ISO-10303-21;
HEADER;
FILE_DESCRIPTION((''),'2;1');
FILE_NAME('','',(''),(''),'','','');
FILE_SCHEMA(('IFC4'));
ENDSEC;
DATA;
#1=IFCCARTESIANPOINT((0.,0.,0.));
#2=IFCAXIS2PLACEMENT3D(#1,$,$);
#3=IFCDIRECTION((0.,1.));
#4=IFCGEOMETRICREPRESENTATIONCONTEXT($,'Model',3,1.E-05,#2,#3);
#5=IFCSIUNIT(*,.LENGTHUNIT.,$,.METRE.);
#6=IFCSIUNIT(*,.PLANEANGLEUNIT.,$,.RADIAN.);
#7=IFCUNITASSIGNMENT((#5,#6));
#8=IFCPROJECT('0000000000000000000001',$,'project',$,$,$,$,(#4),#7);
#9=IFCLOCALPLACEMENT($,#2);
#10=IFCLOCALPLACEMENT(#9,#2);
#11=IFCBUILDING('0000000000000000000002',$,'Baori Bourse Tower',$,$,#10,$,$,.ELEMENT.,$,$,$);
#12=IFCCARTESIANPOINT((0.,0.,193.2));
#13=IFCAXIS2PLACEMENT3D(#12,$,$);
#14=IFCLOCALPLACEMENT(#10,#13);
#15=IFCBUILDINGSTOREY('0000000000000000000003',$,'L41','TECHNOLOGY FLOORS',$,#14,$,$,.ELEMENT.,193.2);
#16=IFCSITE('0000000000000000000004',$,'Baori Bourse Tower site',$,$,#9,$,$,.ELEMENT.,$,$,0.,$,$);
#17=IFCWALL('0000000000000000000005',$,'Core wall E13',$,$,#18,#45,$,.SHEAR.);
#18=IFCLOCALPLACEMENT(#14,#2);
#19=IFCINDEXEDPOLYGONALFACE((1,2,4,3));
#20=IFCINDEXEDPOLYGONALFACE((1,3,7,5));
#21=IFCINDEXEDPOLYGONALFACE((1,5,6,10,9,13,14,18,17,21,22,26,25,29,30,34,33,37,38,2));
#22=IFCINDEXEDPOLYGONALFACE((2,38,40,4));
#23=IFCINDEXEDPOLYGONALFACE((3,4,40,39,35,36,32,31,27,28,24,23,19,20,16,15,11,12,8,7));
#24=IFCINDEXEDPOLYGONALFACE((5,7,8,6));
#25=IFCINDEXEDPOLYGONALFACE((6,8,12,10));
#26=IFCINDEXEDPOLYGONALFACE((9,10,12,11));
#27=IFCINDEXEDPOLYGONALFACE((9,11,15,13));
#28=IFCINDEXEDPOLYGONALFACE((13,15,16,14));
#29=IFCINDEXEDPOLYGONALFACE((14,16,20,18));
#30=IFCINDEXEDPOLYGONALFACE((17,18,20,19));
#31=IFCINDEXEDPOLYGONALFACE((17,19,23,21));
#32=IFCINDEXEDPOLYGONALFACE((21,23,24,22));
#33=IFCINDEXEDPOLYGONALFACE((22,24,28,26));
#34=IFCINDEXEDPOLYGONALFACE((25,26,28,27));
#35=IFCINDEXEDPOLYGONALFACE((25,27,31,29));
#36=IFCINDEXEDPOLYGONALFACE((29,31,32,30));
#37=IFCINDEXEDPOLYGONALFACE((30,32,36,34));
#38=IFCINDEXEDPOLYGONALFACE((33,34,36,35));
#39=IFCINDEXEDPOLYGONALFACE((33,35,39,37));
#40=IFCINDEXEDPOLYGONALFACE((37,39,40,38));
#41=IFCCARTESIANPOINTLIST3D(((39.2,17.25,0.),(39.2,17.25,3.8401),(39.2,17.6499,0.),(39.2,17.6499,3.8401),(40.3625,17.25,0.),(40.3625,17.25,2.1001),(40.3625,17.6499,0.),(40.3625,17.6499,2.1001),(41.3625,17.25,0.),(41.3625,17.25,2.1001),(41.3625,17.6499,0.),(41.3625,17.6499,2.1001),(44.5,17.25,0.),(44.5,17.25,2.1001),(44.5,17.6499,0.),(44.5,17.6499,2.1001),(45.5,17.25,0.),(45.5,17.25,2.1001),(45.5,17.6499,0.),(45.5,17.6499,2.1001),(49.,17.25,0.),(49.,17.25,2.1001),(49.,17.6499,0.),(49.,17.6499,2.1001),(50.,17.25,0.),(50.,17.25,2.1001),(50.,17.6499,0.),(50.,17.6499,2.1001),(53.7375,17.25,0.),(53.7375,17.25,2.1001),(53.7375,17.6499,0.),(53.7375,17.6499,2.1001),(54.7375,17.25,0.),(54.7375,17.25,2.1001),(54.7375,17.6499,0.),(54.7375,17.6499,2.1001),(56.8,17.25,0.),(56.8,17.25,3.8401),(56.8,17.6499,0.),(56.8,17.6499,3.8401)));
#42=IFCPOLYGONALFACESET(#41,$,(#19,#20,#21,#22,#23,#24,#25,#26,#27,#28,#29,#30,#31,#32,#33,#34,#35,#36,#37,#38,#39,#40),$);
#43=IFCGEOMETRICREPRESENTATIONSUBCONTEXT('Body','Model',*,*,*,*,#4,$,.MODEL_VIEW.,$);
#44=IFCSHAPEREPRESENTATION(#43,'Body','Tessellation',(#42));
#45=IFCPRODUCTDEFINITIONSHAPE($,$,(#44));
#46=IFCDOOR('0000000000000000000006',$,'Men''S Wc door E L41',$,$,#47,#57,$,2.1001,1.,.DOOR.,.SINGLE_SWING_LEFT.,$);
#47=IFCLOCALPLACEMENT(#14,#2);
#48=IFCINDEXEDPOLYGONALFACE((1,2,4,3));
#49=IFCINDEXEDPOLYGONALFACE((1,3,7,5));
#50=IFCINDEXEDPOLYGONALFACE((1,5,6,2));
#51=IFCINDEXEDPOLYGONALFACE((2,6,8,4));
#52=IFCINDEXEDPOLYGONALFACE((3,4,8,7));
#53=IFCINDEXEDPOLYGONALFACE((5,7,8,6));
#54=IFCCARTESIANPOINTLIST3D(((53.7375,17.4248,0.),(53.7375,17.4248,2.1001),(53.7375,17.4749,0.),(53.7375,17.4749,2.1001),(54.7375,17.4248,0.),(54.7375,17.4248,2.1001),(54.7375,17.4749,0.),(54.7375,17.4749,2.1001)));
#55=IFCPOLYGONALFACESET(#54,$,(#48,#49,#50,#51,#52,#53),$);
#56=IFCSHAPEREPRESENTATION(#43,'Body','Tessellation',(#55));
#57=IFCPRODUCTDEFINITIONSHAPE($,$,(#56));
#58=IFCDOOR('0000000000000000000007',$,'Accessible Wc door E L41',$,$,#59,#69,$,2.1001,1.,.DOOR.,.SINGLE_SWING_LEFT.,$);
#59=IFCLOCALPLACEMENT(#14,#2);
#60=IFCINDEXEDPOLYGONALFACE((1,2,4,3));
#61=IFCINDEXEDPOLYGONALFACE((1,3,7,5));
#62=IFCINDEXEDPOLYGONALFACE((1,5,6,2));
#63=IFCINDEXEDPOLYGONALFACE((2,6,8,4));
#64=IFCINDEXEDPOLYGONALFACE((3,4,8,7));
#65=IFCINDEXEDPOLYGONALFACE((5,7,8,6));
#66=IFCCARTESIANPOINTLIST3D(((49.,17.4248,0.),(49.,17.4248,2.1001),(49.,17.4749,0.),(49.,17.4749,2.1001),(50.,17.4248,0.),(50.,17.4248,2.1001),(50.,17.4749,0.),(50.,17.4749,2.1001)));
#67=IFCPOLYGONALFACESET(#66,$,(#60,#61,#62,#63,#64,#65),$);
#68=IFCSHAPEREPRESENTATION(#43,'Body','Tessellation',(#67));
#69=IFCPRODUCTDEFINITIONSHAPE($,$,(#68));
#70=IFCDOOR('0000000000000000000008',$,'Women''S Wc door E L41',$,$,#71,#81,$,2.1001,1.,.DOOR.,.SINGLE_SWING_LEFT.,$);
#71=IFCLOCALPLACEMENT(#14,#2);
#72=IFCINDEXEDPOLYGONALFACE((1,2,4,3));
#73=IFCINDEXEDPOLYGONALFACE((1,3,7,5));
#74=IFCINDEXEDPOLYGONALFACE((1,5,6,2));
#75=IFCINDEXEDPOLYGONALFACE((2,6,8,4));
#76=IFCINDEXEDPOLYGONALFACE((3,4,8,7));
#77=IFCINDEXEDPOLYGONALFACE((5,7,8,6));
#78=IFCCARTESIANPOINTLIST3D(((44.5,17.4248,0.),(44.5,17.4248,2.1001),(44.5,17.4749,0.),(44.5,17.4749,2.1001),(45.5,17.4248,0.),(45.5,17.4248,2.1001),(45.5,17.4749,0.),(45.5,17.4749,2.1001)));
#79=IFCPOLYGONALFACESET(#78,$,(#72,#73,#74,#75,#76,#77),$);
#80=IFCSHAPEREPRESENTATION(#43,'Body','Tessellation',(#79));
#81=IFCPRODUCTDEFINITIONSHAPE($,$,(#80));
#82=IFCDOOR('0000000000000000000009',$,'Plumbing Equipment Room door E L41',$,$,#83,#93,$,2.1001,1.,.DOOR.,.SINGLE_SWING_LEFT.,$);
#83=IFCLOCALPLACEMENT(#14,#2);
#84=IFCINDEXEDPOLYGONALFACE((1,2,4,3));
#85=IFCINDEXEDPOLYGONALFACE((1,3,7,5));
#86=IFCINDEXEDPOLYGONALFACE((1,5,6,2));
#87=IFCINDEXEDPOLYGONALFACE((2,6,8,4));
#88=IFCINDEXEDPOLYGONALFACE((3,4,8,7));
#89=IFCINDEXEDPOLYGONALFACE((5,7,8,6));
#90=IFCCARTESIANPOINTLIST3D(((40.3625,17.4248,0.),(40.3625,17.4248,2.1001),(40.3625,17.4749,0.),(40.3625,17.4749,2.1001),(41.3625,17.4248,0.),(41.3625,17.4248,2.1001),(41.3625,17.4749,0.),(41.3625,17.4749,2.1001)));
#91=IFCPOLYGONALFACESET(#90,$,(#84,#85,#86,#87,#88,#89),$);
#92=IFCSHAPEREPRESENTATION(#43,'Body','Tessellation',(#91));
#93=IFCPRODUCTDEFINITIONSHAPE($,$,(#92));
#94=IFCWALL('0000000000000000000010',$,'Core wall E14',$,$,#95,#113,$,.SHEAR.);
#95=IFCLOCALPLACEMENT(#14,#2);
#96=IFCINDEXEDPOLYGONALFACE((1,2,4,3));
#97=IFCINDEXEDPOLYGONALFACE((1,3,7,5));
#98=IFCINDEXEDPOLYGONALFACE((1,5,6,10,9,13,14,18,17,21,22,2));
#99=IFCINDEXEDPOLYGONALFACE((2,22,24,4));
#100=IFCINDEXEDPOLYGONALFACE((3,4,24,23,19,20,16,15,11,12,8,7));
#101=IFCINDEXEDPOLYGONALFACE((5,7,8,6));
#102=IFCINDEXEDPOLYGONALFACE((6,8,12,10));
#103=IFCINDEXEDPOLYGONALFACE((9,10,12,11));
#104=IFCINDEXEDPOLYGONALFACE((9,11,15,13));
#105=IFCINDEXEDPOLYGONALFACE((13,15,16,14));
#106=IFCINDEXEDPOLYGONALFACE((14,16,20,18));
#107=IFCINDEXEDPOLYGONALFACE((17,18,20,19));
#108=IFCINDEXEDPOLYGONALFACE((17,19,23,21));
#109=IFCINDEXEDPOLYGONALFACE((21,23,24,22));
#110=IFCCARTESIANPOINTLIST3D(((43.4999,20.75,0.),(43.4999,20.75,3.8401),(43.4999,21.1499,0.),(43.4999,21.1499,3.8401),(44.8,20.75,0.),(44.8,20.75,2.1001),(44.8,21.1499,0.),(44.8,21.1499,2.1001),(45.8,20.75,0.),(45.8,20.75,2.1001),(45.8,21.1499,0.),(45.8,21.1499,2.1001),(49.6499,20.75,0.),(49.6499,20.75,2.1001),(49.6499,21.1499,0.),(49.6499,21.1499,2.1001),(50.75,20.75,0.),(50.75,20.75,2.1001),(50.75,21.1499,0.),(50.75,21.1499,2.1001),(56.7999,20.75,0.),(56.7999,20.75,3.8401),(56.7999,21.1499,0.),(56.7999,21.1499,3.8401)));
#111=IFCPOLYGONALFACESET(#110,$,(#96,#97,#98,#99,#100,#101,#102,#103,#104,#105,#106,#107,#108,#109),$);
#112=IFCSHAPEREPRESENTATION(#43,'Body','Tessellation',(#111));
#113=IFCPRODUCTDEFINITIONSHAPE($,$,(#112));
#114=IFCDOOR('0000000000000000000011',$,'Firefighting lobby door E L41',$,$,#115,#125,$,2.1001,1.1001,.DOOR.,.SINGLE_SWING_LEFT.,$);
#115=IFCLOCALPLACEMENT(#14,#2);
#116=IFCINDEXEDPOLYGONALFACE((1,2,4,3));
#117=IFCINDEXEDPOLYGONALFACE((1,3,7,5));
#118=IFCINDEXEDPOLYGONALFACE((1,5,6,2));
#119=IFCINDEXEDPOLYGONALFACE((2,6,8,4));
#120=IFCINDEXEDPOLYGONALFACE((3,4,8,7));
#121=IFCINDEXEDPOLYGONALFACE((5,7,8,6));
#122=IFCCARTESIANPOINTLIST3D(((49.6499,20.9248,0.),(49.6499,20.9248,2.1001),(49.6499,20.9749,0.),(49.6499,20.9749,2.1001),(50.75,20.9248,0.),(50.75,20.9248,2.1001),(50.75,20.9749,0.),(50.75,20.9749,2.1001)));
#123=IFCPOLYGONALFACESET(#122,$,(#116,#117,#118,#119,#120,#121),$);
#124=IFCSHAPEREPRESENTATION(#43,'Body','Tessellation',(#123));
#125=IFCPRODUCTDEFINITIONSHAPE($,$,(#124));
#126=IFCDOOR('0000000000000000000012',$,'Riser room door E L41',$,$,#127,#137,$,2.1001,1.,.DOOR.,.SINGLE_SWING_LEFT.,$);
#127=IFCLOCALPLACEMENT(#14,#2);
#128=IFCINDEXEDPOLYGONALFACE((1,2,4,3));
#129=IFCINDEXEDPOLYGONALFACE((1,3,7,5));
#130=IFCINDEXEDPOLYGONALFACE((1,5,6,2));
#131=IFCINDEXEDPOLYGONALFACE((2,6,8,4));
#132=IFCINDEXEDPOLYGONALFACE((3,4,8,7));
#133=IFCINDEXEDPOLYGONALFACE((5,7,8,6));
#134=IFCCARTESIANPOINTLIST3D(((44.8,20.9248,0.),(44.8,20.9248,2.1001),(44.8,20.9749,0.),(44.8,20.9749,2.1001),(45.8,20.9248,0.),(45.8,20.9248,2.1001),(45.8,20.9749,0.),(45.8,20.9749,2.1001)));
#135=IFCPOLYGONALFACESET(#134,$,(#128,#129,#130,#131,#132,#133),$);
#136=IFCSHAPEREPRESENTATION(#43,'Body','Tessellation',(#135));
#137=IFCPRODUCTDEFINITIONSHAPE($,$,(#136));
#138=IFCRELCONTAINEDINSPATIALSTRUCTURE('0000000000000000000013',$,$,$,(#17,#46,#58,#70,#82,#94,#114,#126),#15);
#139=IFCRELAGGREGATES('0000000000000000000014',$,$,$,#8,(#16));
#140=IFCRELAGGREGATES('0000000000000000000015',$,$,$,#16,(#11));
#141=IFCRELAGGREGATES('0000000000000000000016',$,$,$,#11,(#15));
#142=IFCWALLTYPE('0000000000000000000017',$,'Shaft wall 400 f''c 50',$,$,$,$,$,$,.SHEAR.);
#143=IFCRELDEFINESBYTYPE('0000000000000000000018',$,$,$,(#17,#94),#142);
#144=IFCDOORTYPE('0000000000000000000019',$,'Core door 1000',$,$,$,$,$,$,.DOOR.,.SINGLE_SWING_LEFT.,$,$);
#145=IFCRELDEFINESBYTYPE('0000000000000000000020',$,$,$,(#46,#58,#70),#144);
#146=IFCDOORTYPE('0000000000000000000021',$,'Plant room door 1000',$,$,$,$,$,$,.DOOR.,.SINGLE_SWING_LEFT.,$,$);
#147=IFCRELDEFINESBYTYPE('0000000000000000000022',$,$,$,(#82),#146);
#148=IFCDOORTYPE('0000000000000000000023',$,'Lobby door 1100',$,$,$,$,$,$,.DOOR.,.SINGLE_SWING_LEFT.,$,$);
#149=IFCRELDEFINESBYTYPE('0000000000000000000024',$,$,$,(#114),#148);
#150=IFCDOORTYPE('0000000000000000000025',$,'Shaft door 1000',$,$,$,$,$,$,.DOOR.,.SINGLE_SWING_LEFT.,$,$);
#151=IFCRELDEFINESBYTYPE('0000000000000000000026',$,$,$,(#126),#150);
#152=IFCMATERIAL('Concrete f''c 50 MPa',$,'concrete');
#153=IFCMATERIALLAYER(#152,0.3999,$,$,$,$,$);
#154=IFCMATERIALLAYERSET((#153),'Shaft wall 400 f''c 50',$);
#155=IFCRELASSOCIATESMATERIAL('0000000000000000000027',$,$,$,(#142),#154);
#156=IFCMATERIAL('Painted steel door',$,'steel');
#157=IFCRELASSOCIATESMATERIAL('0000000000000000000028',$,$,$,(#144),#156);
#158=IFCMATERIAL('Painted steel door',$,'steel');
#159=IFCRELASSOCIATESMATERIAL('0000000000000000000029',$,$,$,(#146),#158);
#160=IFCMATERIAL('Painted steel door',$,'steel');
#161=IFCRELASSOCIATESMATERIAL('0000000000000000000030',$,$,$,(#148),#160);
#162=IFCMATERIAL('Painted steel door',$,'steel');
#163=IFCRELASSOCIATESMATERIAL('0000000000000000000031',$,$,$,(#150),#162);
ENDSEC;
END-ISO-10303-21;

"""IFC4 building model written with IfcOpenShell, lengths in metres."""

from ifc_helpers import new_model, si_unit, direction, frame, frame_2d, origin, place, context, subcontext, project, spatial, rectangle, extrude, material, layer, layer_set, type_object, element, fill, save


model = new_model("IFC4")

# Units and contexts
model_context = context("Model", 3, precision=1e-05, world=origin(), true_north=direction((0.0, 1.0)))
body_context = subcontext(model_context, "Body", "Model", "MODEL_VIEW")
ifc_project = project(units=[si_unit("LENGTHUNIT", "METRE"), si_unit("PLANEANGLEUNIT", "RADIAN")], contexts=[model_context])

# Site, building, storey
site_placement = place(None, origin())
site = spatial("IfcSite", under=ifc_project, at=site_placement, Name="Baori Bourse Tower site", CompositionType="ELEMENT", RefElevation=0.0)
building_placement = place(site_placement, origin())
building = spatial("IfcBuilding", under=site, at=building_placement, Name="Baori Bourse Tower", CompositionType="ELEMENT")
storey_placement = place(building_placement, frame((0.0, 0.0, 193.2)))
storey = spatial("IfcBuildingStorey", under=building, at=storey_placement, Name="L41", Description="TECHNOLOGY FLOORS", CompositionType="ELEMENT", Elevation=193.2)

# Shared definitions
ifc_material_1 = material(Name="Concrete f'c 50 MPa", Category="concrete")
ifc_layer_1 = layer(ifc_material_1, 0.3999)
ifc_layer_set_1 = layer_set([ifc_layer_1], Name="Shaft wall 400 f'c 50")
wall_type_1 = type_object("IfcWallType", Name="Shaft wall 400 f'c 50", PredefinedType="SHEAR", material=ifc_layer_set_1)

# Walls, openings, doors
wall_1_placement = place(storey_placement, frame((39.2, 17.45, 0.0), z_axis=(0.0, 0.0, 1.0), x_axis=(1.0, 0.0, 0.0)))
wall_1 = element("IfcWall", 1, at=wall_1_placement, inside=storey, type_object=wall_type_1, Name="Core wall E13", PredefinedType="SHEAR", context=body_context, shape_type="SweptSolid", body=[
    extrude(rectangle(XDim=17.6001, YDim=0.3999, at=frame_2d((8.8, 0.0))), origin(), (0.0, 0.0, 1.0), 3.8401),
])
opening_1_placement = place(wall_1_placement, frame((14.5376, 0.0, 0.0)))
opening_1 = element("IfcOpeningElement", 2, at=opening_1_placement, cuts=wall_1, PredefinedType="OPENING", context=body_context, shape_type="SweptSolid", body=[
    extrude(rectangle(XDim=1.0, YDim=2.1001, at=frame_2d((0.5, 1.05))), frame((0.0, 0.21, 0.0), z_axis=(0.0, -1.0, 0.0), x_axis=(1.0, 0.0, 0.0)), (0.0, 0.0, 1.0), 0.4199),
])
opening_2_placement = place(wall_1_placement, frame((9.8, 0.0, 0.0)))
opening_2 = element("IfcOpeningElement", 3, at=opening_2_placement, cuts=wall_1, PredefinedType="OPENING", context=body_context, shape_type="SweptSolid", body=[
    extrude(rectangle(XDim=1.0, YDim=2.1001, at=frame_2d((0.5, 1.05))), frame((0.0, 0.21, 0.0), z_axis=(0.0, -1.0, 0.0), x_axis=(1.0, 0.0, 0.0)), (0.0, 0.0, 1.0), 0.4199),
])
opening_3_placement = place(wall_1_placement, frame((5.3, 0.0, 0.0)))
opening_3 = element("IfcOpeningElement", 4, at=opening_3_placement, cuts=wall_1, PredefinedType="OPENING", context=body_context, shape_type="SweptSolid", body=[
    extrude(rectangle(XDim=1.0, YDim=2.1001, at=frame_2d((0.5, 1.05))), frame((0.0, 0.21, 0.0), z_axis=(0.0, -1.0, 0.0), x_axis=(1.0, 0.0, 0.0)), (0.0, 0.0, 1.0), 0.4199),
])
opening_4_placement = place(wall_1_placement, frame((1.1626, 0.0, 0.0)))
opening_4 = element("IfcOpeningElement", 5, at=opening_4_placement, cuts=wall_1, PredefinedType="OPENING", context=body_context, shape_type="SweptSolid", body=[
    extrude(rectangle(XDim=1.0, YDim=2.1001, at=frame_2d((0.5, 1.05))), frame((0.0, 0.21, 0.0), z_axis=(0.0, -1.0, 0.0), x_axis=(1.0, 0.0, 0.0)), (0.0, 0.0, 1.0), 0.4199),
])
ifc_material_2 = material(Name="Painted steel door", Category="steel")
door_type_1 = type_object("IfcDoorType", Name="Core door 1000", OperationType="SINGLE_SWING_LEFT", PredefinedType="DOOR", material=ifc_material_2)
door_1_placement = place(opening_1_placement, origin())
door_1 = element("IfcDoor", 6, at=door_1_placement, inside=storey, type_object=door_type_1, Name="Men'S Wc door E L41", OperationType="SINGLE_SWING_LEFT", OverallHeight=2.1001, OverallWidth=1.0, PredefinedType="DOOR", context=body_context, shape_type="SweptSolid", body=[
    extrude(rectangle(XDim=1.0, YDim=2.1001, at=frame_2d((0.5, 1.05))), frame((0.0, 0.0249, 0.0), z_axis=(0.0, -1.0, 0.0), x_axis=(1.0, 0.0, 0.0)), (0.0, 0.0, 1.0), 0.05),
])
fill(opening_1, door_1)
door_2_placement = place(opening_2_placement, origin())
door_2 = element("IfcDoor", 7, at=door_2_placement, inside=storey, type_object=door_type_1, Name="Accessible Wc door E L41", OperationType="SINGLE_SWING_LEFT", OverallHeight=2.1001, OverallWidth=1.0, PredefinedType="DOOR", context=body_context, shape_type="SweptSolid", body=[
    extrude(rectangle(XDim=1.0, YDim=2.1001, at=frame_2d((0.5, 1.05))), frame((0.0, 0.0249, 0.0), z_axis=(0.0, -1.0, 0.0), x_axis=(1.0, 0.0, 0.0)), (0.0, 0.0, 1.0), 0.05),
])
fill(opening_2, door_2)
door_3_placement = place(opening_3_placement, origin())
door_3 = element("IfcDoor", 8, at=door_3_placement, inside=storey, type_object=door_type_1, Name="Women'S Wc door E L41", OperationType="SINGLE_SWING_LEFT", OverallHeight=2.1001, OverallWidth=1.0, PredefinedType="DOOR", context=body_context, shape_type="SweptSolid", body=[
    extrude(rectangle(XDim=1.0, YDim=2.1001, at=frame_2d((0.5, 1.05))), frame((0.0, 0.0249, 0.0), z_axis=(0.0, -1.0, 0.0), x_axis=(1.0, 0.0, 0.0)), (0.0, 0.0, 1.0), 0.05),
])
fill(opening_3, door_3)
ifc_material_3 = material(Name="Painted steel door", Category="steel")
door_type_2 = type_object("IfcDoorType", Name="Plant room door 1000", OperationType="SINGLE_SWING_LEFT", PredefinedType="DOOR", material=ifc_material_3)
door_4_placement = place(opening_4_placement, origin())
door_4 = element("IfcDoor", 9, at=door_4_placement, inside=storey, type_object=door_type_2, Name="Plumbing Equipment Room door E L41", OperationType="SINGLE_SWING_LEFT", OverallHeight=2.1001, OverallWidth=1.0, PredefinedType="DOOR", context=body_context, shape_type="SweptSolid", body=[
    extrude(rectangle(XDim=1.0, YDim=2.1001, at=frame_2d((0.5, 1.05))), frame((0.0, 0.0249, 0.0), z_axis=(0.0, -1.0, 0.0), x_axis=(1.0, 0.0, 0.0)), (0.0, 0.0, 1.0), 0.05),
])
fill(opening_4, door_4)
wall_2_placement = place(storey_placement, frame((43.5, 20.95, 0.0), z_axis=(0.0, 0.0, 1.0), x_axis=(1.0, 0.0, 0.0)))
wall_2 = element("IfcWall", 10, at=wall_2_placement, inside=storey, type_object=wall_type_1, Name="Core wall E14", PredefinedType="SHEAR", context=body_context, shape_type="SweptSolid", body=[
    extrude(rectangle(XDim=13.3, YDim=0.3999, at=frame_2d((6.6499, 0.0))), origin(), (0.0, 0.0, 1.0), 3.8401),
])
opening_5_placement = place(wall_2_placement, frame((6.1499, 0.0, 0.0)))
opening_5 = element("IfcOpeningElement", 11, at=opening_5_placement, cuts=wall_2, PredefinedType="OPENING", context=body_context, shape_type="SweptSolid", body=[
    extrude(rectangle(XDim=1.1001, YDim=2.1001, at=frame_2d((0.55, 1.05))), frame((0.0, 0.21, 0.0), z_axis=(0.0, -1.0, 0.0), x_axis=(1.0, 0.0, 0.0)), (0.0, 0.0, 1.0), 0.4199),
])
opening_6_placement = place(wall_2_placement, frame((1.3, 0.0, 0.0)))
opening_6 = element("IfcOpeningElement", 12, at=opening_6_placement, cuts=wall_2, PredefinedType="OPENING", context=body_context, shape_type="SweptSolid", body=[
    extrude(rectangle(XDim=1.0, YDim=2.1001, at=frame_2d((0.5, 1.05))), frame((0.0, 0.21, 0.0), z_axis=(0.0, -1.0, 0.0), x_axis=(1.0, 0.0, 0.0)), (0.0, 0.0, 1.0), 0.4199),
])
ifc_material_4 = material(Name="Painted steel door", Category="steel")
door_type_3 = type_object("IfcDoorType", Name="Lobby door 1100", OperationType="SINGLE_SWING_LEFT", PredefinedType="DOOR", material=ifc_material_4)
door_5_placement = place(opening_5_placement, origin())
door_5 = element("IfcDoor", 13, at=door_5_placement, inside=storey, type_object=door_type_3, Name="Firefighting lobby door E L41", OperationType="SINGLE_SWING_LEFT", OverallHeight=2.1001, OverallWidth=1.1001, PredefinedType="DOOR", context=body_context, shape_type="SweptSolid", body=[
    extrude(rectangle(XDim=1.1001, YDim=2.1001, at=frame_2d((0.55, 1.05))), frame((0.0, 0.0249, 0.0), z_axis=(0.0, -1.0, 0.0), x_axis=(1.0, 0.0, 0.0)), (0.0, 0.0, 1.0), 0.05),
])
fill(opening_5, door_5)
ifc_material_5 = material(Name="Painted steel door", Category="steel")
door_type_4 = type_object("IfcDoorType", Name="Shaft door 1000", OperationType="SINGLE_SWING_LEFT", PredefinedType="DOOR", material=ifc_material_5)
door_6_placement = place(opening_6_placement, origin())
door_6 = element("IfcDoor", 14, at=door_6_placement, inside=storey, type_object=door_type_4, Name="Riser room door E L41", OperationType="SINGLE_SWING_LEFT", OverallHeight=2.1001, OverallWidth=1.0, PredefinedType="DOOR", context=body_context, shape_type="SweptSolid", body=[
    extrude(rectangle(XDim=1.0, YDim=2.1001, at=frame_2d((0.5, 1.05))), frame((0.0, 0.0249, 0.0), z_axis=(0.0, -1.0, 0.0), x_axis=(1.0, 0.0, 0.0)), (0.0, 0.0, 1.0), 0.05),
])
fill(opening_6, door_6)

save(model, "model.ifc")
